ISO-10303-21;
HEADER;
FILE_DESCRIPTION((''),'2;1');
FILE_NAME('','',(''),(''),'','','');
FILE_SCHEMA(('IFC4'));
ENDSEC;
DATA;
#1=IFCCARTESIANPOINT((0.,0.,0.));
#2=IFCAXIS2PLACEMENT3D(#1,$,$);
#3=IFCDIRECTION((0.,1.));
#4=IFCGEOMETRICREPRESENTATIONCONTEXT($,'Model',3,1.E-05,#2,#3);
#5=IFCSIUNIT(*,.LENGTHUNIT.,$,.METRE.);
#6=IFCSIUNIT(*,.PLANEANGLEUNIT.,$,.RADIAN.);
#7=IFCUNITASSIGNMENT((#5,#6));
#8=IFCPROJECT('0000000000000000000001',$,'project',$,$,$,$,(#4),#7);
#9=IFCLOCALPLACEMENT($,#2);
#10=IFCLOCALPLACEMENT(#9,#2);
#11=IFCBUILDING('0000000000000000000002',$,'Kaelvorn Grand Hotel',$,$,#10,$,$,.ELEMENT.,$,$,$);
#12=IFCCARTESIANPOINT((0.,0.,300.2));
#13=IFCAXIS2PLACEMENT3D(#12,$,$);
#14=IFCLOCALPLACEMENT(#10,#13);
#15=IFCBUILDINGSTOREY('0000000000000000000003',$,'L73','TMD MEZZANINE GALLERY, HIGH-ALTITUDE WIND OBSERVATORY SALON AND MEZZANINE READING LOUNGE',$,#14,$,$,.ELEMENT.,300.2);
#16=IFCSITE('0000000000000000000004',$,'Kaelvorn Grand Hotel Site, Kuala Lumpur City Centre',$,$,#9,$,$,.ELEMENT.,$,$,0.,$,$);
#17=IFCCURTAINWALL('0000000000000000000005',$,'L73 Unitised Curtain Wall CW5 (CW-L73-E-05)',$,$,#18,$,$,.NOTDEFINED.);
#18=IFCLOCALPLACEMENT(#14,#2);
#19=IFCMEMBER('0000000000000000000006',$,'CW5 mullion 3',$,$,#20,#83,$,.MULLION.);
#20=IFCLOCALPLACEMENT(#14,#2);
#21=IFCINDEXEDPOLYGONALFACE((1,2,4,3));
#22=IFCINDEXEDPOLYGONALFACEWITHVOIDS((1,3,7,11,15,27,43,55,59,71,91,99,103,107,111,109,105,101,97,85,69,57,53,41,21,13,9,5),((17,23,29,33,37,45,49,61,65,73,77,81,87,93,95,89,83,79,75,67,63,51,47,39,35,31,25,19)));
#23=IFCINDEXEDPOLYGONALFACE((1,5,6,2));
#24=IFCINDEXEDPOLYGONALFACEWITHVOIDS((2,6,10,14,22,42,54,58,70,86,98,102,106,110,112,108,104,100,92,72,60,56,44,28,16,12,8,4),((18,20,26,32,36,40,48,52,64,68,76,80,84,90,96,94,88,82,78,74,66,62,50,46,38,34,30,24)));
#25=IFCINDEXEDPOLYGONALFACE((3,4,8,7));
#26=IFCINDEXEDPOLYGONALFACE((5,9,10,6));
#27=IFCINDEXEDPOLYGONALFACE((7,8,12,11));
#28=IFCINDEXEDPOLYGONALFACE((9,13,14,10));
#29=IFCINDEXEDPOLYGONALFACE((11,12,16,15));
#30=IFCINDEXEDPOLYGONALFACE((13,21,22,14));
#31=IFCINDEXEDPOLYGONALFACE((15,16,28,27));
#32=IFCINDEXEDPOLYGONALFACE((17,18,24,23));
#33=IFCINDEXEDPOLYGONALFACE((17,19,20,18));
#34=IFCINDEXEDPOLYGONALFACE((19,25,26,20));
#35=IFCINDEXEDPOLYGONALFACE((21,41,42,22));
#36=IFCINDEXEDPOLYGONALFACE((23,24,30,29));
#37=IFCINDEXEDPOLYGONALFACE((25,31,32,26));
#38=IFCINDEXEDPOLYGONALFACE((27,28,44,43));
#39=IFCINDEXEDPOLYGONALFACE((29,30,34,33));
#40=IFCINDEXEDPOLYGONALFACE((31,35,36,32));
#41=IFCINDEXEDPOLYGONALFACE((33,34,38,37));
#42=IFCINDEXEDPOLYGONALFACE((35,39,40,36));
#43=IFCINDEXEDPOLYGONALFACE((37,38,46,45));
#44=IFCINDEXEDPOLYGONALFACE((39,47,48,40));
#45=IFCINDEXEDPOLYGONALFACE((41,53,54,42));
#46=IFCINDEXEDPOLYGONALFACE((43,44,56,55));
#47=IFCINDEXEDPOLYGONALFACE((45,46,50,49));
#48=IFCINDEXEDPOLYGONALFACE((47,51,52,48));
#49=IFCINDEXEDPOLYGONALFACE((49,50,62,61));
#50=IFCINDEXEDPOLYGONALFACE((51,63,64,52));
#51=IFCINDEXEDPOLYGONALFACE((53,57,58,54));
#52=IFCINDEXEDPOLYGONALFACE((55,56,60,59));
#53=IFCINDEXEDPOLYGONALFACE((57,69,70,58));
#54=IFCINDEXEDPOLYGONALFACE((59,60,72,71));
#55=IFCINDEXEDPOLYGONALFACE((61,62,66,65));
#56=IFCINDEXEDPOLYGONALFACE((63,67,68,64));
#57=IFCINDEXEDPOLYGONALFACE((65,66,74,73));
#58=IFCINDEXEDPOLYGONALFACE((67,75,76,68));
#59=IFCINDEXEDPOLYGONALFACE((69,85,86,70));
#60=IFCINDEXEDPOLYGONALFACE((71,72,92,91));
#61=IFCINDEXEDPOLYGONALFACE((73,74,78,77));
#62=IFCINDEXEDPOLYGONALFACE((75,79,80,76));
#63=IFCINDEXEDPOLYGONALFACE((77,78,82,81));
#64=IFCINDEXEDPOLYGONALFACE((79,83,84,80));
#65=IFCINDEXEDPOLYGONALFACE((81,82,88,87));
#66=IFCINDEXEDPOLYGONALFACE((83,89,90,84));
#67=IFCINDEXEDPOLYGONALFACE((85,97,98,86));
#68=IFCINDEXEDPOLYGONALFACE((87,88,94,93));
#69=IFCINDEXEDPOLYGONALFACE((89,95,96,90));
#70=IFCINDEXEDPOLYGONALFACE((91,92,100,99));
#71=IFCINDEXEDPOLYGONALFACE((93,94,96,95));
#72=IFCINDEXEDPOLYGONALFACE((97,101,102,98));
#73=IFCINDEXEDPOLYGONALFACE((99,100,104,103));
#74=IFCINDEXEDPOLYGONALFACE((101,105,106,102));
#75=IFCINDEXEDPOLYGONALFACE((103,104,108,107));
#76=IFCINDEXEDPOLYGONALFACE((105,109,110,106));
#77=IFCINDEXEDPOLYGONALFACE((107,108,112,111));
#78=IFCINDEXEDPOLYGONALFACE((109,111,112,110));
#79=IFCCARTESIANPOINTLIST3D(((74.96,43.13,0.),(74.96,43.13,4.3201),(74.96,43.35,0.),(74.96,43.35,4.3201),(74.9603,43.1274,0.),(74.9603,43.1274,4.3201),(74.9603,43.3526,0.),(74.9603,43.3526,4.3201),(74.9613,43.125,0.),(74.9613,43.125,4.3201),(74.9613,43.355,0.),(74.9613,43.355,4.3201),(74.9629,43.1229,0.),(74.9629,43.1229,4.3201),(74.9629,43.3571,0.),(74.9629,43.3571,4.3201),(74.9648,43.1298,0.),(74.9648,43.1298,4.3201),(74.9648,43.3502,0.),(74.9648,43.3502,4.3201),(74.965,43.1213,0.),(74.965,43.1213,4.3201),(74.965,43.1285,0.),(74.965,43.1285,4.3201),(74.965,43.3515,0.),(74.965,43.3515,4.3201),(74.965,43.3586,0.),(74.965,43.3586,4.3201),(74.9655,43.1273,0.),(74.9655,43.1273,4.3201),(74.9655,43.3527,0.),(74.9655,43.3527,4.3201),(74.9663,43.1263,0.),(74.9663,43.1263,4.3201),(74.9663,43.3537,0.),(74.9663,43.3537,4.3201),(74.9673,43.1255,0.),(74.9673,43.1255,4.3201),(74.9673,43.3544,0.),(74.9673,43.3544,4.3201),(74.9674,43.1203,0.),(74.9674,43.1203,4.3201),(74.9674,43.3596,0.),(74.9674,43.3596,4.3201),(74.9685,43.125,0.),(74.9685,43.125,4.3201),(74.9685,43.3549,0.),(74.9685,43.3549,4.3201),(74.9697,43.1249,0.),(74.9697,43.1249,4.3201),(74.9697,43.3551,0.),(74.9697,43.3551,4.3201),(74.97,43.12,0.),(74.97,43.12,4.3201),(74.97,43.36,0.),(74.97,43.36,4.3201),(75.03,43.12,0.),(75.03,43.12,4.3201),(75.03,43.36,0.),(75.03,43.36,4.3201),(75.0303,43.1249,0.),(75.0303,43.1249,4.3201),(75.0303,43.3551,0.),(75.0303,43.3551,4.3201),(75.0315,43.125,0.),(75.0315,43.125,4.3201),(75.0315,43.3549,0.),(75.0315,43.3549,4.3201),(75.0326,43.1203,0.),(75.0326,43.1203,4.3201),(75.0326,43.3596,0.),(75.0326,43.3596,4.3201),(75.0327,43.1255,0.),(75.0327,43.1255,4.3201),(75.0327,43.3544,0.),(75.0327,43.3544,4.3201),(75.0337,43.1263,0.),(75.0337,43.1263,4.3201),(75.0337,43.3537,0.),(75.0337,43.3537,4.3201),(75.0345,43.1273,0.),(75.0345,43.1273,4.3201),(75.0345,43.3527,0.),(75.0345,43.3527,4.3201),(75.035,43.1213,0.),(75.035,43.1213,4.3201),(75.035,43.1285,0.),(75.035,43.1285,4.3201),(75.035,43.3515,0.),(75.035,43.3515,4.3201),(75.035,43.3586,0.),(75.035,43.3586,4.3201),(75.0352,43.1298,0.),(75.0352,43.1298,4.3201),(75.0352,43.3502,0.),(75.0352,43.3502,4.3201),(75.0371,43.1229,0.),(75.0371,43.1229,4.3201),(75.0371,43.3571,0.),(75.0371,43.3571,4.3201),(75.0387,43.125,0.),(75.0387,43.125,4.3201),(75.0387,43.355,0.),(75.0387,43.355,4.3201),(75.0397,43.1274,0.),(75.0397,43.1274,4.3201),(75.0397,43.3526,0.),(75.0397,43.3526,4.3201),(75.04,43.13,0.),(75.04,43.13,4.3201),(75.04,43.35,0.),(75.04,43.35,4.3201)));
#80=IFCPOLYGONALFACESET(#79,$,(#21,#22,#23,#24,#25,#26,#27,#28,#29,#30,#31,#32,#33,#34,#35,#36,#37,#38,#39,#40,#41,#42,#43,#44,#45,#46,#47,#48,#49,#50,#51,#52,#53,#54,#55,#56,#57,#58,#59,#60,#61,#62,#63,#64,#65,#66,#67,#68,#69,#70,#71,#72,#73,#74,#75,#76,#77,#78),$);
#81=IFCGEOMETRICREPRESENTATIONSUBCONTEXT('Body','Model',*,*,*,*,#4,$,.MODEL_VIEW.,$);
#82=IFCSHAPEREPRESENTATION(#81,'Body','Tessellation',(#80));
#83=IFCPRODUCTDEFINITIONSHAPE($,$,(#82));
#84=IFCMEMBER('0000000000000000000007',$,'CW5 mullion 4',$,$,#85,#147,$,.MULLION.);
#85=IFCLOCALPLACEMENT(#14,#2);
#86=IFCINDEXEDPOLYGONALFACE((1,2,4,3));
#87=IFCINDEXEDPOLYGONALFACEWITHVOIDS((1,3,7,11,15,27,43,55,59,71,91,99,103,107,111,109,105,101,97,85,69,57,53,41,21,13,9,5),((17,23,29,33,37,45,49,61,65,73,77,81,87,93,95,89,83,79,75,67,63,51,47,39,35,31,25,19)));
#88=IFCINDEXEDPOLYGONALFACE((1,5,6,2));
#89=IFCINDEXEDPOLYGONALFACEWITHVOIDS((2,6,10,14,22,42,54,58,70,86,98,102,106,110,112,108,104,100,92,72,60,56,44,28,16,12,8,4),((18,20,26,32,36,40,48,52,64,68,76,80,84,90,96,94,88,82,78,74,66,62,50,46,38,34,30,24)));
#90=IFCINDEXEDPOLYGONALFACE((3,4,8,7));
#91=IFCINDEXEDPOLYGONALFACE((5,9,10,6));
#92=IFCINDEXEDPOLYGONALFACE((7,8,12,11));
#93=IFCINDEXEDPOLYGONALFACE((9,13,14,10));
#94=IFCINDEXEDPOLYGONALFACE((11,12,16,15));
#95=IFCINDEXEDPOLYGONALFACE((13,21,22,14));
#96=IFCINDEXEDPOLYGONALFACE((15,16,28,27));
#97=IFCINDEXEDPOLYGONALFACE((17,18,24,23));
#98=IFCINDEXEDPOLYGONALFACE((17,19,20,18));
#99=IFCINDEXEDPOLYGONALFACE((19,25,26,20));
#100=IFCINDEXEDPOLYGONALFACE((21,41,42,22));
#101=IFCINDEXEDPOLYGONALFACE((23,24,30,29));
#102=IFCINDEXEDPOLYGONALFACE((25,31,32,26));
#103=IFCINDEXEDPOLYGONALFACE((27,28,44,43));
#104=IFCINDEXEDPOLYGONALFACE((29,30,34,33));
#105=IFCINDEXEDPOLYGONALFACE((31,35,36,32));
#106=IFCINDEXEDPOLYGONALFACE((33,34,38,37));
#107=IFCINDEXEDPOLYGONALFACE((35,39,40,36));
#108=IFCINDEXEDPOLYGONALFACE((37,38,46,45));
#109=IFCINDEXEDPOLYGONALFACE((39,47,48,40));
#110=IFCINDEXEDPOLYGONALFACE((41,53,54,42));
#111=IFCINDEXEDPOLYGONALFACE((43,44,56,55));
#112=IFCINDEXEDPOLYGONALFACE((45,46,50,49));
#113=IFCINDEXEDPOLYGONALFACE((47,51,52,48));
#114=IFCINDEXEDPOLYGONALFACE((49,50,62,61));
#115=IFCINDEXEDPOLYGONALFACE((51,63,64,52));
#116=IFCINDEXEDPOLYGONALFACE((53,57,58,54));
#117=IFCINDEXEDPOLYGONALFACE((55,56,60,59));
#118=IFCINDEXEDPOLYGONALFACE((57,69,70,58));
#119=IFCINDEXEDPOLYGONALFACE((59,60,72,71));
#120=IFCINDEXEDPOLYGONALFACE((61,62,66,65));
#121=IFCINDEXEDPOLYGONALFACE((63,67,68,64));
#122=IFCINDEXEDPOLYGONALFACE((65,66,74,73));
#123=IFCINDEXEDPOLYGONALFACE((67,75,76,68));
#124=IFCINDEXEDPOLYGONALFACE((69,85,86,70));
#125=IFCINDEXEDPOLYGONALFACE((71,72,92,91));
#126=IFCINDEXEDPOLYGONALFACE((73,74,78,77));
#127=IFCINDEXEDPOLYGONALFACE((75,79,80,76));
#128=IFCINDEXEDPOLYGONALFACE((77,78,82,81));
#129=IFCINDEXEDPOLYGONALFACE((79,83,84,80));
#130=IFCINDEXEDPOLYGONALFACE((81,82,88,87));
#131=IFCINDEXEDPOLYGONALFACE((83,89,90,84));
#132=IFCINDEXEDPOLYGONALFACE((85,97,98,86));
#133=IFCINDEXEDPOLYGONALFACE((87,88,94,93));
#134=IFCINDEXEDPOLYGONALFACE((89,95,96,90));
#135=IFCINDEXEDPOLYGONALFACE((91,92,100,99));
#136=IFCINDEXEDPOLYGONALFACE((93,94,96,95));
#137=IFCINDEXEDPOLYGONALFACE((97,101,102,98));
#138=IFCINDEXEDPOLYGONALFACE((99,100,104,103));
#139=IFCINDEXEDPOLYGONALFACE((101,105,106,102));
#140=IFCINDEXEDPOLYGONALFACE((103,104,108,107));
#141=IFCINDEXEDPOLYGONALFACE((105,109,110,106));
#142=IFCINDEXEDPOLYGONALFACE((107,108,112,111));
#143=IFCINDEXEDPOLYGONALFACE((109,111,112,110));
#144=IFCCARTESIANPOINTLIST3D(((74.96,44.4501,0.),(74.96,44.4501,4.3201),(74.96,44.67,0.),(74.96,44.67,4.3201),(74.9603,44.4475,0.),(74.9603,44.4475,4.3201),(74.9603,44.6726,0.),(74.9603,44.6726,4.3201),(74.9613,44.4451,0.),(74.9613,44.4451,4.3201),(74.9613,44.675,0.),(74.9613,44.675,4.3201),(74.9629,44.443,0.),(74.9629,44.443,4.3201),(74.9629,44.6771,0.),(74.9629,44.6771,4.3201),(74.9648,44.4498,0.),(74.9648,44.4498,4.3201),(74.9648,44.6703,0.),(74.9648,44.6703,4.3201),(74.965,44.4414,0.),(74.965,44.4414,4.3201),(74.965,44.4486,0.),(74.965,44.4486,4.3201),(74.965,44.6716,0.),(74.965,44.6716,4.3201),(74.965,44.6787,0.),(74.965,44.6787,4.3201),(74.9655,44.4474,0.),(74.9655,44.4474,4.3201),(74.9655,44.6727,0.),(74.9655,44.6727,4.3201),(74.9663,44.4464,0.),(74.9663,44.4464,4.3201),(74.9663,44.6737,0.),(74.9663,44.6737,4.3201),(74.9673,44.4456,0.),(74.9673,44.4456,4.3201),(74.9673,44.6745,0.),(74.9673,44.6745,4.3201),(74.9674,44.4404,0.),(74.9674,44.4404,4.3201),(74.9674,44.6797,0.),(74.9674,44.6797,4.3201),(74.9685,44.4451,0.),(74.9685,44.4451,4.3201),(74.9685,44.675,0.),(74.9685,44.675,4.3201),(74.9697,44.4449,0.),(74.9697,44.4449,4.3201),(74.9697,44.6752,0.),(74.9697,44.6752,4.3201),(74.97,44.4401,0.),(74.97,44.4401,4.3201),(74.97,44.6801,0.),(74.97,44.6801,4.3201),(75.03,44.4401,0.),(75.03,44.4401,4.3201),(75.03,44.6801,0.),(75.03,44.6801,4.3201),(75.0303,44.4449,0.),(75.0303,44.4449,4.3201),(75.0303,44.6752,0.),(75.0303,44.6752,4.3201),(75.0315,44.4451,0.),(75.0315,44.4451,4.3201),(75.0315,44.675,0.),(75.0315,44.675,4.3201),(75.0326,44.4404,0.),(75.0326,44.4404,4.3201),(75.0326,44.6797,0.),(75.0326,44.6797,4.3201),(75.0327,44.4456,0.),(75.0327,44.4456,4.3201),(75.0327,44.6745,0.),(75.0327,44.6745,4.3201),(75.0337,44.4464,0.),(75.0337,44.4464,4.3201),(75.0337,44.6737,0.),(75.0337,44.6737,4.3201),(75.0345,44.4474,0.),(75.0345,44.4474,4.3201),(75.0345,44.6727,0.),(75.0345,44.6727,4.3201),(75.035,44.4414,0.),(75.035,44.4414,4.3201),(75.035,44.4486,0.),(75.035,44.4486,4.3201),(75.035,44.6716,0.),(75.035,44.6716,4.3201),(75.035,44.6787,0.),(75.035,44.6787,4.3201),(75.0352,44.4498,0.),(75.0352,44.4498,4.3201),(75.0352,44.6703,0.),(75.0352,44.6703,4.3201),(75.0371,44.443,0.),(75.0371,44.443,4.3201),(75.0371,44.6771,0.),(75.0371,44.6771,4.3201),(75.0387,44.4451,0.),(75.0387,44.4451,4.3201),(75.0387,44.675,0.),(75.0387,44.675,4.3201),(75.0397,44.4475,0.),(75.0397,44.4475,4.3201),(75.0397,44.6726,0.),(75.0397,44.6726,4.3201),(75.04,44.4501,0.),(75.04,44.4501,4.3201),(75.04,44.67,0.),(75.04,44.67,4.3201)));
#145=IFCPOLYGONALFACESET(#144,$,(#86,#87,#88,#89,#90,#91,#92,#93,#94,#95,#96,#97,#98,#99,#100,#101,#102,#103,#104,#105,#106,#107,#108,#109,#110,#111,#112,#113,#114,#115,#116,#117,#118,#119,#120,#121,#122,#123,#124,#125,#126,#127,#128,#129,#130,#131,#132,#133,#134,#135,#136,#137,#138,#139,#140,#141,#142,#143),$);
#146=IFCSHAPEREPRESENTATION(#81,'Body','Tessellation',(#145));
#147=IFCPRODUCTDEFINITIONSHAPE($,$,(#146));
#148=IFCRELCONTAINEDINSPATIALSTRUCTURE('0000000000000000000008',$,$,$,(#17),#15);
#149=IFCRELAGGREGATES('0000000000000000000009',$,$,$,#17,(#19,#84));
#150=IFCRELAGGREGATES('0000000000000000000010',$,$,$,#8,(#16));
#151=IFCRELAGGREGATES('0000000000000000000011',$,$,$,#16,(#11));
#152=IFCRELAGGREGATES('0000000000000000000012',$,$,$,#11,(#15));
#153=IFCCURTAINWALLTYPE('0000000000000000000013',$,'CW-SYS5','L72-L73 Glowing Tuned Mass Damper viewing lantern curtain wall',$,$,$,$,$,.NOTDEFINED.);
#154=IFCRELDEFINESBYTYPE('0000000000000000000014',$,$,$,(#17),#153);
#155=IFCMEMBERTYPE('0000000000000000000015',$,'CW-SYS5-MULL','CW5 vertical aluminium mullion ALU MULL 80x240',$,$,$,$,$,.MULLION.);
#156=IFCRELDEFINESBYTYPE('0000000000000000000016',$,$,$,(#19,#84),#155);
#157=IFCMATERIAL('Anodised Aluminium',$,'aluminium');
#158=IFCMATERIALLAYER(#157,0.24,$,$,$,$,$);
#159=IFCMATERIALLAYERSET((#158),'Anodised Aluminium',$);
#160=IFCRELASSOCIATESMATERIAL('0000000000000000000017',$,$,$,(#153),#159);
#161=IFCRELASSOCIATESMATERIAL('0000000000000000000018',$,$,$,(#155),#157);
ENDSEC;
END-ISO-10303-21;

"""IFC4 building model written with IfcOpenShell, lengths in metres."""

from ifc_helpers import new_model, si_unit, direction, frame, origin, origin_2d, place, context, subcontext, project, spatial, hollow_rectangle, extrude, material, layer, layer_set, material_profile, profile_set, type_object, element, aggregate, save


model = new_model("IFC4")

# Units and contexts
model_context = context("Model", 3, precision=1e-05, world=origin(), true_north=direction((0.0, 1.0)))
body_context = subcontext(model_context, "Body", "Model", "MODEL_VIEW")
ifc_project = project(units=[si_unit("LENGTHUNIT", "METRE"), si_unit("PLANEANGLEUNIT", "RADIAN")], contexts=[model_context])

# Site, building, storey
site_placement = place(None, origin())
site = spatial("IfcSite", under=ifc_project, at=site_placement, Name="Kaelvorn Grand Hotel Site, Kuala Lumpur City Centre", CompositionType="ELEMENT", RefElevation=0.0)
building_placement = place(site_placement, origin())
building = spatial("IfcBuilding", under=site, at=building_placement, Name="Kaelvorn Grand Hotel", CompositionType="ELEMENT")
storey_placement = place(building_placement, frame((0.0, 0.0, 300.2)))
storey = spatial("IfcBuildingStorey", under=building, at=storey_placement, Name="L73", Description="TMD MEZZANINE GALLERY, HIGH-ALTITUDE WIND OBSERVATORY SALON AND MEZZANINE READING LOUNGE", CompositionType="ELEMENT", Elevation=300.2)

# Curtain wall, members
ifc_material_1 = material(Name="Anodised Aluminium", Category="aluminium")
ifc_layer_1 = layer(ifc_material_1, 0.24)
ifc_layer_set_1 = layer_set([ifc_layer_1], Name="Anodised Aluminium")
curtain_wall_type = type_object("IfcCurtainWallType", Name="CW-SYS5", Description="L72-L73 Glowing Tuned Mass Damper viewing lantern curtain wall", PredefinedType="NOTDEFINED", material=ifc_layer_set_1)
curtain_wall_placement = place(storey_placement, origin())
curtain_wall = element("IfcCurtainWall", 1, at=curtain_wall_placement, inside=storey, type_object=curtain_wall_type, Name="L73 Unitised Curtain Wall CW5 (CW-L73-E-05)", PredefinedType="NOTDEFINED")
ifc_material_profile_1 = material_profile(ifc_material_1, hollow_rectangle(XDim=0.0801, YDim=0.24, WallThickness=0.0049, InnerFilletRadius=0.0049, OuterFilletRadius=0.01, at=origin_2d()), Name="ALU MULL 80x240")
ifc_profile_set_1 = profile_set([ifc_material_profile_1], Name="Anodised Aluminium")
member_type_1 = type_object("IfcMemberType", Name="CW-SYS5-MULL", Description="CW5 vertical aluminium mullion ALU MULL 80x240", PredefinedType="MULLION", material=ifc_profile_set_1)
member_1_placement = place(storey_placement, frame((75.0, 43.24, 0.0), z_axis=(0.0, 0.0, 1.0), x_axis=(-1.0, 0.0, 0.0)))
member_1 = element("IfcMember", 2, at=member_1_placement, type_object=member_type_1, Name="CW5 mullion 3", PredefinedType="MULLION", context=body_context, shape_type="SweptSolid", body=[
    extrude(hollow_rectangle(XDim=0.0801, YDim=0.24, WallThickness=0.0049, InnerFilletRadius=0.0049, OuterFilletRadius=0.01, at=origin_2d()), origin(), (0.0, 0.0, 1.0), 4.3201),
])
member_2_placement = place(storey_placement, frame((75.0, 44.5601, 0.0), z_axis=(0.0, 0.0, 1.0), x_axis=(-1.0, 0.0, 0.0)))
member_2 = element("IfcMember", 3, at=member_2_placement, type_object=member_type_1, Name="CW5 mullion 4", PredefinedType="MULLION", context=body_context, shape_type="SweptSolid", body=[
    extrude(hollow_rectangle(XDim=0.0801, YDim=0.24, WallThickness=0.0049, InnerFilletRadius=0.0049, OuterFilletRadius=0.01, at=origin_2d()), origin(), (0.0, 0.0, 1.0), 4.3201),
])
aggregate(curtain_wall, [member_1, member_2])

save(model, "model.ifc")
